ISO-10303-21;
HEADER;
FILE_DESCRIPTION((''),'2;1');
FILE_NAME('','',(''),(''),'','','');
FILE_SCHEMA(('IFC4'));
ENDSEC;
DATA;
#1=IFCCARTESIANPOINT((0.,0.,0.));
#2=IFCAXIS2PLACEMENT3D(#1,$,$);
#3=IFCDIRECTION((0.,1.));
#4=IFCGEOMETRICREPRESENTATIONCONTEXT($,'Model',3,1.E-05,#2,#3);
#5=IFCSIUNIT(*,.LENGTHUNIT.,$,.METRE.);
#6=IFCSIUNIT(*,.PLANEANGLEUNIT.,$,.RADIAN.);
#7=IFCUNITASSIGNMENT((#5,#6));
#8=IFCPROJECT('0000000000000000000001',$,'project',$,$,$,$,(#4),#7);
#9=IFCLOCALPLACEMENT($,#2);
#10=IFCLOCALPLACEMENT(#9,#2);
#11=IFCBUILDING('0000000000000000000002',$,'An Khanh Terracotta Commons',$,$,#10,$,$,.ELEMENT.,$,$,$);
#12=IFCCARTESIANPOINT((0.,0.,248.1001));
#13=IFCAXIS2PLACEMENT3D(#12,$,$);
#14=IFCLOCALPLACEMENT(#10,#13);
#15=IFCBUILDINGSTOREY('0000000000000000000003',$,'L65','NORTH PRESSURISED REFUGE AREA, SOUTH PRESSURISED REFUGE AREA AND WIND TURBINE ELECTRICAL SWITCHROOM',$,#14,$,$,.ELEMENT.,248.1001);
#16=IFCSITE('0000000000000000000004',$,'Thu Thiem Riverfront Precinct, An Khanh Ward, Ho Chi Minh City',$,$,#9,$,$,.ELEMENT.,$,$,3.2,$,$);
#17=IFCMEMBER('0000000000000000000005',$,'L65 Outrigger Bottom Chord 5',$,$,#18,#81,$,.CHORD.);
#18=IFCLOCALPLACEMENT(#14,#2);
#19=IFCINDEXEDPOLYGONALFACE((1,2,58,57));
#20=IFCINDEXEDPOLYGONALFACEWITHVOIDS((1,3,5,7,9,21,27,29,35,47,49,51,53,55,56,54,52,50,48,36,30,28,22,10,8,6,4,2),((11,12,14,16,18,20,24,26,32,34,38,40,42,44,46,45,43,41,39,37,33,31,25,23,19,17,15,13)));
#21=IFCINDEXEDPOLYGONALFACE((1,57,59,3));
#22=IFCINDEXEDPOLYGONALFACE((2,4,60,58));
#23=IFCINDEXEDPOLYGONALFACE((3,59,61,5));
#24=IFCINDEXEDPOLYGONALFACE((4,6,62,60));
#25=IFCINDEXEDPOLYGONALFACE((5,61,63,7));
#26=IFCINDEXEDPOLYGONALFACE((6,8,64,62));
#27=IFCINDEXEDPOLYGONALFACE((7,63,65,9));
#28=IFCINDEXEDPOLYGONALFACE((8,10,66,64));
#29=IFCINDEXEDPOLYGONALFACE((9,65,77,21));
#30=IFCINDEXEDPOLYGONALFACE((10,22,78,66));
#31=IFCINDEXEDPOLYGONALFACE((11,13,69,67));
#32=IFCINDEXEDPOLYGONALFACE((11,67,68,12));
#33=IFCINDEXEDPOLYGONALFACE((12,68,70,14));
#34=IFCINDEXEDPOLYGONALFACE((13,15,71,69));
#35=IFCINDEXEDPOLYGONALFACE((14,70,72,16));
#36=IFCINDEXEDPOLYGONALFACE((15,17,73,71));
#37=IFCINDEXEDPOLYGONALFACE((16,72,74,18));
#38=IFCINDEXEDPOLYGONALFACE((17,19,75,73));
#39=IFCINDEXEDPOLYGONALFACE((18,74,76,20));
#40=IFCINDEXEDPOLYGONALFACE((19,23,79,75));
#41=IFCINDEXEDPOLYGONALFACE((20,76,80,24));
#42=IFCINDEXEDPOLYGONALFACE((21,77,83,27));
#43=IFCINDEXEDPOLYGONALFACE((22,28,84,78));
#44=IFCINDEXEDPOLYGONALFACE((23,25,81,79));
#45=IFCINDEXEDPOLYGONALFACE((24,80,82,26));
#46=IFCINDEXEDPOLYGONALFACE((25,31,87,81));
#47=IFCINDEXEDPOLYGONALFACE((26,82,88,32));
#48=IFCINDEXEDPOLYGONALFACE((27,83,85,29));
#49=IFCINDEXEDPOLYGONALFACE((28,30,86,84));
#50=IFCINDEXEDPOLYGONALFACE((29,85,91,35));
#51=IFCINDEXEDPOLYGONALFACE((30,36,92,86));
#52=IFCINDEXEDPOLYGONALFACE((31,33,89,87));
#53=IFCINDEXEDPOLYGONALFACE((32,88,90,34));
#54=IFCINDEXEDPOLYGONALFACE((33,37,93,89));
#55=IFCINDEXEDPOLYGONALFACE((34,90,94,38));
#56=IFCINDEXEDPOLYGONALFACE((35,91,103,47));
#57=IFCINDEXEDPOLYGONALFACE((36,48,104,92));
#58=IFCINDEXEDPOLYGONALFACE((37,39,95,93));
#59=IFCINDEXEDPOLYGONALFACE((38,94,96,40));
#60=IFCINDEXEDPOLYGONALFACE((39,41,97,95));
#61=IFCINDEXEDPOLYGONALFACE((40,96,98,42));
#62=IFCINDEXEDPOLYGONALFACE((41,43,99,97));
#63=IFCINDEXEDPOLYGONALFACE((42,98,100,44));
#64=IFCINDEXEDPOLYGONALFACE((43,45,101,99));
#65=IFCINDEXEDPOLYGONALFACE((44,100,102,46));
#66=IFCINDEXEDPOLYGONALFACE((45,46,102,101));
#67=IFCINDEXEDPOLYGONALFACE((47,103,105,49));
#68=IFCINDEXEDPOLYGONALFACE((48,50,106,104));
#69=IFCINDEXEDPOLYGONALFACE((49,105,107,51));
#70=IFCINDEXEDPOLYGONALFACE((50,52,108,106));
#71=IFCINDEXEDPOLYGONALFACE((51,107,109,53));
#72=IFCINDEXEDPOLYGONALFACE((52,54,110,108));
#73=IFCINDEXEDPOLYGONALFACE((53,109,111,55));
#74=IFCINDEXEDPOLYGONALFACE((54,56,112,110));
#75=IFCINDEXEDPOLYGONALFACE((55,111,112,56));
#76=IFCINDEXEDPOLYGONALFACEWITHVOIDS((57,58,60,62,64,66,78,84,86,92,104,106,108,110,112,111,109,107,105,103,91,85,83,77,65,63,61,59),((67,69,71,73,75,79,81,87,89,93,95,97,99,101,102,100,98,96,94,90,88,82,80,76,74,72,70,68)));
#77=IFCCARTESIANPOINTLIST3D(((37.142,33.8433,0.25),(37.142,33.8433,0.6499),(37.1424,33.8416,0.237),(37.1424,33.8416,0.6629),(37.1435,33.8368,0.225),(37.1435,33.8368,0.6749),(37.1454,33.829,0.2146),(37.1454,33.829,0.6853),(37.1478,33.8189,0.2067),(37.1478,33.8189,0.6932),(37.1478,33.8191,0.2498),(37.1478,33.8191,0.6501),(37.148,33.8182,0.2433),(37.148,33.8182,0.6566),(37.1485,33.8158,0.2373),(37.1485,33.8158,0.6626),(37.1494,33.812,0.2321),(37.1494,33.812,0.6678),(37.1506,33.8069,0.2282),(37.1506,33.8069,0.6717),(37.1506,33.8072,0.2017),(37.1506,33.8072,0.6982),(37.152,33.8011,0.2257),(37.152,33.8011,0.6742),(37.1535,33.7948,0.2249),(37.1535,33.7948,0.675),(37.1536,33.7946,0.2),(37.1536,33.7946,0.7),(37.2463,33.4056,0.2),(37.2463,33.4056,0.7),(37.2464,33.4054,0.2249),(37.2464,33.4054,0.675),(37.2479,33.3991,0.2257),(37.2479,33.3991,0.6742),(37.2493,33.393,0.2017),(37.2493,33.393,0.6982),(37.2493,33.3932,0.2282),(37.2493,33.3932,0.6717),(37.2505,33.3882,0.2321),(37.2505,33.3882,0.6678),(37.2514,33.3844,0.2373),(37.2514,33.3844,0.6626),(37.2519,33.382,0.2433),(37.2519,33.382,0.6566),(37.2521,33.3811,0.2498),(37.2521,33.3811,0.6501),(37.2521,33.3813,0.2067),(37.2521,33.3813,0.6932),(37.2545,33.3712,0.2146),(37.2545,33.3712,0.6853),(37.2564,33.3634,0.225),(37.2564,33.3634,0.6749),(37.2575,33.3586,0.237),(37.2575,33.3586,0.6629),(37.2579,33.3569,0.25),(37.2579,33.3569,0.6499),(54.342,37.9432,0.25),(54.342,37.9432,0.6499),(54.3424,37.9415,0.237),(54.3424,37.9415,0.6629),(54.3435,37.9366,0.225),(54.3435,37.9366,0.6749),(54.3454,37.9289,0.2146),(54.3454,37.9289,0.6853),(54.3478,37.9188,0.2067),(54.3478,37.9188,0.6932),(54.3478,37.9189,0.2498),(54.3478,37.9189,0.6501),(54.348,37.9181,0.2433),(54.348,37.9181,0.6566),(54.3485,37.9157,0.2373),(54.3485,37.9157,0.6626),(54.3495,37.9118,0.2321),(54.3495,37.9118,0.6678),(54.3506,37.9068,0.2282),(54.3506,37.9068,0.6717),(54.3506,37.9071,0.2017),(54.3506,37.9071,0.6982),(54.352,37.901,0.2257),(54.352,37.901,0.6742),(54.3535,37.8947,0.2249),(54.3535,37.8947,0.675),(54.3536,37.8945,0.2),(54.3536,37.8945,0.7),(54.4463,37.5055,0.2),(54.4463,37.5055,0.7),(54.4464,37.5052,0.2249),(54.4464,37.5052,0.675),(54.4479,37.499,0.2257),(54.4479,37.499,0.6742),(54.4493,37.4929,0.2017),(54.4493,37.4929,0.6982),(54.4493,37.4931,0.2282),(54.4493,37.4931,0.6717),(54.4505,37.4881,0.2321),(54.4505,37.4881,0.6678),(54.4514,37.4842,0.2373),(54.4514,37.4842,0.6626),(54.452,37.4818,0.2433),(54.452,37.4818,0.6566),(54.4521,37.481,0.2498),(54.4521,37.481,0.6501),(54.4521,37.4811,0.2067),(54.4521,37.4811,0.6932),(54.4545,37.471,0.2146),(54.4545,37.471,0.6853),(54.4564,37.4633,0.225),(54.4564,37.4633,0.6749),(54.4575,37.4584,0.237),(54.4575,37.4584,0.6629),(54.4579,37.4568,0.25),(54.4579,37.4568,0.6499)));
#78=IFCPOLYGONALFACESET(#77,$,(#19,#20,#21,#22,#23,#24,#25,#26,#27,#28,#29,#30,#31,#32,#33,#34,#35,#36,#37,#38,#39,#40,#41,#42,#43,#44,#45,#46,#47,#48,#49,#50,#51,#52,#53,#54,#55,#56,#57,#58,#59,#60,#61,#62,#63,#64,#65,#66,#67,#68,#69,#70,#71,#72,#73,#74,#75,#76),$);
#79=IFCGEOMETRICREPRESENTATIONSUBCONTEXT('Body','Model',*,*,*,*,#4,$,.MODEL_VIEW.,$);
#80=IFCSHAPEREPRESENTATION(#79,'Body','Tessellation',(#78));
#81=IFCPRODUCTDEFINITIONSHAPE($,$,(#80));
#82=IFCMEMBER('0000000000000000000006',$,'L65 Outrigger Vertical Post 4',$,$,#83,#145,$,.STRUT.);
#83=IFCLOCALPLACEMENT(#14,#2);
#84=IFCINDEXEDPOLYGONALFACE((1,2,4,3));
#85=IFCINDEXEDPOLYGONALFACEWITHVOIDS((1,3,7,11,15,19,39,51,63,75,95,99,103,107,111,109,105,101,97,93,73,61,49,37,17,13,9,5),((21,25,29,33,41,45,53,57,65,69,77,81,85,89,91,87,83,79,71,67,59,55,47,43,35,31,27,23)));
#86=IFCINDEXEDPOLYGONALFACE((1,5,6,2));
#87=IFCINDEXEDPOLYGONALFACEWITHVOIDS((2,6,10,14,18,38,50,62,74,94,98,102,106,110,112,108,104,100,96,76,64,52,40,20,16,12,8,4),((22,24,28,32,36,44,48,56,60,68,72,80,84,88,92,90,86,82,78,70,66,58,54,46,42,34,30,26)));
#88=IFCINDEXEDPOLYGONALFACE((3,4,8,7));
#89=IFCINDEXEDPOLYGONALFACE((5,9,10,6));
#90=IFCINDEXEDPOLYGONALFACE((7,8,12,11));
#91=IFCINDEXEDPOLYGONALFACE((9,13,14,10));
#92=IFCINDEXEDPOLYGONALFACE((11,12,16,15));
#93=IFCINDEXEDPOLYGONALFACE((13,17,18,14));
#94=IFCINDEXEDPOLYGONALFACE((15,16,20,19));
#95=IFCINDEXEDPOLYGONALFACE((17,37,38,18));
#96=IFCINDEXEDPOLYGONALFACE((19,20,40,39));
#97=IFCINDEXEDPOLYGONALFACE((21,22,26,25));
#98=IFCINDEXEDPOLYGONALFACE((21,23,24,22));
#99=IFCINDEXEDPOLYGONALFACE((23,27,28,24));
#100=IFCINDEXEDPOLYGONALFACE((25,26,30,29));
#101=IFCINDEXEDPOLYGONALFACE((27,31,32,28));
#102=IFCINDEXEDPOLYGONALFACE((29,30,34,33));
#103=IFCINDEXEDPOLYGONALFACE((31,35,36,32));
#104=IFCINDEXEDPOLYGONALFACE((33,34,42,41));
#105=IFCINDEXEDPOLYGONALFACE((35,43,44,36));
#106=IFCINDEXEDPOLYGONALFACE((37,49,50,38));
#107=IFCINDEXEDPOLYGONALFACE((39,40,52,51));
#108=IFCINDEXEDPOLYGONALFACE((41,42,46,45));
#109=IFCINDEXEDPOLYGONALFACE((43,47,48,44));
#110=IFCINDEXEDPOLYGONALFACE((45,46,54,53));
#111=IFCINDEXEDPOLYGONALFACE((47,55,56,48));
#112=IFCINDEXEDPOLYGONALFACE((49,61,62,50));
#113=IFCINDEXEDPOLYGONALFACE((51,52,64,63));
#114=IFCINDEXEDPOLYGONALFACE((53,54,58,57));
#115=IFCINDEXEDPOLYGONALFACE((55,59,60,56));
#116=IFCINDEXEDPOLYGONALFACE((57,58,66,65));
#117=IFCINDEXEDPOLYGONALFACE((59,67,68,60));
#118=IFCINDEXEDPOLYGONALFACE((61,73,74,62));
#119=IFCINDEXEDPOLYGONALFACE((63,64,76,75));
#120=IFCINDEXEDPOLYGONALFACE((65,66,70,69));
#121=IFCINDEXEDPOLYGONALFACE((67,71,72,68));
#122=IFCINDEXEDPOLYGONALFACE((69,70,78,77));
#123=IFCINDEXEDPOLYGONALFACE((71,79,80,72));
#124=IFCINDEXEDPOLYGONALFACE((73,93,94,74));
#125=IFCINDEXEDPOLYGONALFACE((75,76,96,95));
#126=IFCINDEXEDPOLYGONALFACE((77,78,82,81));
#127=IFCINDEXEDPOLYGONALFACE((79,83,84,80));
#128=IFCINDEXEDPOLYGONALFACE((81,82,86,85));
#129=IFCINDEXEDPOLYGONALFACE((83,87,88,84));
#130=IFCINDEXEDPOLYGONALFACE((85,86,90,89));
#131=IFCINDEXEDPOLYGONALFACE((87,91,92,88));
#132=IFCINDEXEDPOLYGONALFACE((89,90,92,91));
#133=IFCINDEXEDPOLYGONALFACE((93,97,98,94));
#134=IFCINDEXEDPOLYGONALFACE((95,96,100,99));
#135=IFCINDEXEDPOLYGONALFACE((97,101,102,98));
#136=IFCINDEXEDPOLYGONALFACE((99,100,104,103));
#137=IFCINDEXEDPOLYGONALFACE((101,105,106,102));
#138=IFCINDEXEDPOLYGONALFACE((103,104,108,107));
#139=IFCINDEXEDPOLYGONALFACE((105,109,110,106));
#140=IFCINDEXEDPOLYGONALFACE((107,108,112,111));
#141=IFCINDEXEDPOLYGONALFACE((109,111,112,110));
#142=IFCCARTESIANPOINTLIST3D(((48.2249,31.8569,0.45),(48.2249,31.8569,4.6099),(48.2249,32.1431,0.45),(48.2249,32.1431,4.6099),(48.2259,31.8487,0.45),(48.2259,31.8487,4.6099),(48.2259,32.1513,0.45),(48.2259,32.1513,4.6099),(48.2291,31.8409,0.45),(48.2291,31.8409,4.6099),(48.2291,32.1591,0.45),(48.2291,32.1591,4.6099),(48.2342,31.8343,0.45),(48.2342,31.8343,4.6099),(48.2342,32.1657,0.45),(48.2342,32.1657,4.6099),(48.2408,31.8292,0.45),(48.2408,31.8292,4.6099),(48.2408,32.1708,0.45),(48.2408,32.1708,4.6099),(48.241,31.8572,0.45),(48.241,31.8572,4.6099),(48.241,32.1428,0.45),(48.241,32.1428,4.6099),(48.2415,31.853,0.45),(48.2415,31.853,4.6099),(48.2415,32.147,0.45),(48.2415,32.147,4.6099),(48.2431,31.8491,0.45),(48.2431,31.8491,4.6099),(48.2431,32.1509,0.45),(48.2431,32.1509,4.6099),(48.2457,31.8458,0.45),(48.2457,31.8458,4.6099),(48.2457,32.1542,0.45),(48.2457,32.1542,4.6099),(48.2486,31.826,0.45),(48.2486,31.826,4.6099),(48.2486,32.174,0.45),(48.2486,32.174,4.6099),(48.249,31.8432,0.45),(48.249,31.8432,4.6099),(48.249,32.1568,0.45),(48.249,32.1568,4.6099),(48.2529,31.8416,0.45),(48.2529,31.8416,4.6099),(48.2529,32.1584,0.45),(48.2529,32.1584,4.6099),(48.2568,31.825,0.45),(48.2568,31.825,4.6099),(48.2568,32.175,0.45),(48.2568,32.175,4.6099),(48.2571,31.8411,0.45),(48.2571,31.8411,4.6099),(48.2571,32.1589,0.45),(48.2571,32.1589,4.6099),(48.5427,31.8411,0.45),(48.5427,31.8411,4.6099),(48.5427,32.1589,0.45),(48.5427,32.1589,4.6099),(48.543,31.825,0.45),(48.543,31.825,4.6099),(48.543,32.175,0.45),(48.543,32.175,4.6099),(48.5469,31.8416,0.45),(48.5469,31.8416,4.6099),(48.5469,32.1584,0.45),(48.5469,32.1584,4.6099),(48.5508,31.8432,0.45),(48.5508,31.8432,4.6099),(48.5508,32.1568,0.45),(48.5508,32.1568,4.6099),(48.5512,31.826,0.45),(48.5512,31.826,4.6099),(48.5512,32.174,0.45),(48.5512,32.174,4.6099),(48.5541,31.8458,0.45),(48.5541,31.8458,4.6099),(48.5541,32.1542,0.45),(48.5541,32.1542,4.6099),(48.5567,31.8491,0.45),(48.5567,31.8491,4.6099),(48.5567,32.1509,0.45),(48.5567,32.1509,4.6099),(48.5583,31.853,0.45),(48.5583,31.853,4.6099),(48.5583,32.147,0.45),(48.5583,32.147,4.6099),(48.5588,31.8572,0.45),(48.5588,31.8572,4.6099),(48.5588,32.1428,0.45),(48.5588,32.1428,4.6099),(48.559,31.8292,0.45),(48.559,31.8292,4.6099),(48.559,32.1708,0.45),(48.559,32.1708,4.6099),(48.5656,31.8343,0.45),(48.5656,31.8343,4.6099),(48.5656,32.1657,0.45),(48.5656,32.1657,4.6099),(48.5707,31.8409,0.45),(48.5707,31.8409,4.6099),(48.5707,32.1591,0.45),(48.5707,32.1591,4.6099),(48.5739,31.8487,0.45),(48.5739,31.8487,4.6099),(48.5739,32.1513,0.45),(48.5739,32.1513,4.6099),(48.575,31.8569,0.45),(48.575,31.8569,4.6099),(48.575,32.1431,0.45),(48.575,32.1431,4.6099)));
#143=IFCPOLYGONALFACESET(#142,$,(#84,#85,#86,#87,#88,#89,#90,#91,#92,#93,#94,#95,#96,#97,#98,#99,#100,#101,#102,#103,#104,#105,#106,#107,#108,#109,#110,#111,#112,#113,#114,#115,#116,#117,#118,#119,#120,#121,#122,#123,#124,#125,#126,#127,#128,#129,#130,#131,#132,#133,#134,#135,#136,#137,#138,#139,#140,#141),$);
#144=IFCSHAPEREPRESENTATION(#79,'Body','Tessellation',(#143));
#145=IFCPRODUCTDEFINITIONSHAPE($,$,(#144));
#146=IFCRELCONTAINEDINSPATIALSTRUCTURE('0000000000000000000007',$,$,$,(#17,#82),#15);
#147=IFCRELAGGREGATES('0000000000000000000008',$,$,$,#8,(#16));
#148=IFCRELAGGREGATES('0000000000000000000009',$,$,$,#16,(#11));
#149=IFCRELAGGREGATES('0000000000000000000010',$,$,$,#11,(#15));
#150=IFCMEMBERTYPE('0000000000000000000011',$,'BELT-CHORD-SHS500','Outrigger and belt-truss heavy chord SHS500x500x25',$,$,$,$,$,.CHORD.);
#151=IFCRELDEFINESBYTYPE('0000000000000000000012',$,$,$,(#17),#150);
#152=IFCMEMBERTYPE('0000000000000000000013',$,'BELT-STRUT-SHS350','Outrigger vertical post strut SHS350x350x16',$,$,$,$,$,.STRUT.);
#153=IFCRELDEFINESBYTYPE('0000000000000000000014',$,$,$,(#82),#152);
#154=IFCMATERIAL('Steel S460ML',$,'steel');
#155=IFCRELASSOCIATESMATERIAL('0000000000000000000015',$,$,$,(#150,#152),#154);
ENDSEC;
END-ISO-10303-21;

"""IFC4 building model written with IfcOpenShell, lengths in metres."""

from ifc_helpers import new_model, si_unit, direction, frame, origin, origin_2d, place, context, subcontext, project, spatial, hollow_rectangle, extrude, material, material_profile, profile_set, type_object, element, save


model = new_model("IFC4")

# Units and contexts
model_context = context("Model", 3, precision=1e-05, world=origin(), true_north=direction((0.0, 1.0)))
body_context = subcontext(model_context, "Body", "Model", "MODEL_VIEW")
ifc_project = project(units=[si_unit("LENGTHUNIT", "METRE"), si_unit("PLANEANGLEUNIT", "RADIAN")], contexts=[model_context])

# Site, building, storey
site_placement = place(None, origin())
site = spatial("IfcSite", under=ifc_project, at=site_placement, Name="Thu Thiem Riverfront Precinct, An Khanh Ward, Ho Chi Minh City", CompositionType="ELEMENT", RefElevation=3.2)
building_placement = place(site_placement, origin())
building = spatial("IfcBuilding", under=site, at=building_placement, Name="An Khanh Terracotta Commons", CompositionType="ELEMENT")
storey_placement = place(building_placement, frame((0.0, 0.0, 248.1001)))
storey = spatial("IfcBuildingStorey", under=building, at=storey_placement, Name="L65", Description="NORTH PRESSURISED REFUGE AREA, SOUTH PRESSURISED REFUGE AREA AND WIND TURBINE ELECTRICAL SWITCHROOM", CompositionType="ELEMENT", Elevation=248.1001)

# Shared definitions
ifc_material_1 = material(Name="Steel S460ML", Category="steel")

# Members
ifc_material_profile_1 = material_profile(ifc_material_1, hollow_rectangle(XDim=0.5, YDim=0.5, WallThickness=0.0249, InnerFilletRadius=0.0249, OuterFilletRadius=0.05, at=origin_2d()), Name="SHS500x500x25")
ifc_profile_set_1 = profile_set([ifc_material_profile_1], Name="Steel S460ML")
member_type_1 = type_object("IfcMemberType", Name="BELT-CHORD-SHS500", Description="Outrigger and belt-truss heavy chord SHS500x500x25", PredefinedType="CHORD", material=ifc_profile_set_1)
member_1_placement = place(storey_placement, frame((37.2, 33.6001, 0.45), z_axis=(0.972747, 0.231868, 0.0), x_axis=(-0.231868, 0.972747, 0.0)))
element("IfcMember", 1, at=member_1_placement, inside=storey, type_object=member_type_1, Name="L65 Outrigger Bottom Chord 5", PredefinedType="CHORD", context=body_context, shape_type="SweptSolid", body=[
    extrude(hollow_rectangle(XDim=0.5, YDim=0.5, WallThickness=0.0249, InnerFilletRadius=0.0249, OuterFilletRadius=0.05, at=origin_2d()), origin(), (0.0, 0.0, 1.0), 17.6819),
])
ifc_material_profile_2 = material_profile(ifc_material_1, hollow_rectangle(XDim=0.3501, YDim=0.3501, WallThickness=0.0161, InnerFilletRadius=0.0161, OuterFilletRadius=0.032, at=origin_2d()), Name="SHS350x350x16")
ifc_profile_set_2 = profile_set([ifc_material_profile_2], Name="Steel S460ML")
member_type_2 = type_object("IfcMemberType", Name="BELT-STRUT-SHS350", Description="Outrigger vertical post strut SHS350x350x16", PredefinedType="STRUT", material=ifc_profile_set_2)
for number, where, z_axis, x_axis, name in (
    (2, (48.3999, 32.0, 0.45), (0.0, 0.0, 1.0), (1.0, 0.0, 0.0), "L65 Outrigger Vertical Post 4"),
):
    element("IfcMember", number, at=place(storey_placement, frame(where, z_axis=z_axis, x_axis=x_axis)), inside=storey, type_object=member_type_2, Name=name, PredefinedType="STRUT", context=body_context, shape_type="SweptSolid", body=[
        extrude(hollow_rectangle(XDim=0.3501, YDim=0.3501, WallThickness=0.0161, InnerFilletRadius=0.0161, OuterFilletRadius=0.032, at=origin_2d()), origin(), (0.0, 0.0, 1.0), 4.1599),
    ])

save(model, "model.ifc")
